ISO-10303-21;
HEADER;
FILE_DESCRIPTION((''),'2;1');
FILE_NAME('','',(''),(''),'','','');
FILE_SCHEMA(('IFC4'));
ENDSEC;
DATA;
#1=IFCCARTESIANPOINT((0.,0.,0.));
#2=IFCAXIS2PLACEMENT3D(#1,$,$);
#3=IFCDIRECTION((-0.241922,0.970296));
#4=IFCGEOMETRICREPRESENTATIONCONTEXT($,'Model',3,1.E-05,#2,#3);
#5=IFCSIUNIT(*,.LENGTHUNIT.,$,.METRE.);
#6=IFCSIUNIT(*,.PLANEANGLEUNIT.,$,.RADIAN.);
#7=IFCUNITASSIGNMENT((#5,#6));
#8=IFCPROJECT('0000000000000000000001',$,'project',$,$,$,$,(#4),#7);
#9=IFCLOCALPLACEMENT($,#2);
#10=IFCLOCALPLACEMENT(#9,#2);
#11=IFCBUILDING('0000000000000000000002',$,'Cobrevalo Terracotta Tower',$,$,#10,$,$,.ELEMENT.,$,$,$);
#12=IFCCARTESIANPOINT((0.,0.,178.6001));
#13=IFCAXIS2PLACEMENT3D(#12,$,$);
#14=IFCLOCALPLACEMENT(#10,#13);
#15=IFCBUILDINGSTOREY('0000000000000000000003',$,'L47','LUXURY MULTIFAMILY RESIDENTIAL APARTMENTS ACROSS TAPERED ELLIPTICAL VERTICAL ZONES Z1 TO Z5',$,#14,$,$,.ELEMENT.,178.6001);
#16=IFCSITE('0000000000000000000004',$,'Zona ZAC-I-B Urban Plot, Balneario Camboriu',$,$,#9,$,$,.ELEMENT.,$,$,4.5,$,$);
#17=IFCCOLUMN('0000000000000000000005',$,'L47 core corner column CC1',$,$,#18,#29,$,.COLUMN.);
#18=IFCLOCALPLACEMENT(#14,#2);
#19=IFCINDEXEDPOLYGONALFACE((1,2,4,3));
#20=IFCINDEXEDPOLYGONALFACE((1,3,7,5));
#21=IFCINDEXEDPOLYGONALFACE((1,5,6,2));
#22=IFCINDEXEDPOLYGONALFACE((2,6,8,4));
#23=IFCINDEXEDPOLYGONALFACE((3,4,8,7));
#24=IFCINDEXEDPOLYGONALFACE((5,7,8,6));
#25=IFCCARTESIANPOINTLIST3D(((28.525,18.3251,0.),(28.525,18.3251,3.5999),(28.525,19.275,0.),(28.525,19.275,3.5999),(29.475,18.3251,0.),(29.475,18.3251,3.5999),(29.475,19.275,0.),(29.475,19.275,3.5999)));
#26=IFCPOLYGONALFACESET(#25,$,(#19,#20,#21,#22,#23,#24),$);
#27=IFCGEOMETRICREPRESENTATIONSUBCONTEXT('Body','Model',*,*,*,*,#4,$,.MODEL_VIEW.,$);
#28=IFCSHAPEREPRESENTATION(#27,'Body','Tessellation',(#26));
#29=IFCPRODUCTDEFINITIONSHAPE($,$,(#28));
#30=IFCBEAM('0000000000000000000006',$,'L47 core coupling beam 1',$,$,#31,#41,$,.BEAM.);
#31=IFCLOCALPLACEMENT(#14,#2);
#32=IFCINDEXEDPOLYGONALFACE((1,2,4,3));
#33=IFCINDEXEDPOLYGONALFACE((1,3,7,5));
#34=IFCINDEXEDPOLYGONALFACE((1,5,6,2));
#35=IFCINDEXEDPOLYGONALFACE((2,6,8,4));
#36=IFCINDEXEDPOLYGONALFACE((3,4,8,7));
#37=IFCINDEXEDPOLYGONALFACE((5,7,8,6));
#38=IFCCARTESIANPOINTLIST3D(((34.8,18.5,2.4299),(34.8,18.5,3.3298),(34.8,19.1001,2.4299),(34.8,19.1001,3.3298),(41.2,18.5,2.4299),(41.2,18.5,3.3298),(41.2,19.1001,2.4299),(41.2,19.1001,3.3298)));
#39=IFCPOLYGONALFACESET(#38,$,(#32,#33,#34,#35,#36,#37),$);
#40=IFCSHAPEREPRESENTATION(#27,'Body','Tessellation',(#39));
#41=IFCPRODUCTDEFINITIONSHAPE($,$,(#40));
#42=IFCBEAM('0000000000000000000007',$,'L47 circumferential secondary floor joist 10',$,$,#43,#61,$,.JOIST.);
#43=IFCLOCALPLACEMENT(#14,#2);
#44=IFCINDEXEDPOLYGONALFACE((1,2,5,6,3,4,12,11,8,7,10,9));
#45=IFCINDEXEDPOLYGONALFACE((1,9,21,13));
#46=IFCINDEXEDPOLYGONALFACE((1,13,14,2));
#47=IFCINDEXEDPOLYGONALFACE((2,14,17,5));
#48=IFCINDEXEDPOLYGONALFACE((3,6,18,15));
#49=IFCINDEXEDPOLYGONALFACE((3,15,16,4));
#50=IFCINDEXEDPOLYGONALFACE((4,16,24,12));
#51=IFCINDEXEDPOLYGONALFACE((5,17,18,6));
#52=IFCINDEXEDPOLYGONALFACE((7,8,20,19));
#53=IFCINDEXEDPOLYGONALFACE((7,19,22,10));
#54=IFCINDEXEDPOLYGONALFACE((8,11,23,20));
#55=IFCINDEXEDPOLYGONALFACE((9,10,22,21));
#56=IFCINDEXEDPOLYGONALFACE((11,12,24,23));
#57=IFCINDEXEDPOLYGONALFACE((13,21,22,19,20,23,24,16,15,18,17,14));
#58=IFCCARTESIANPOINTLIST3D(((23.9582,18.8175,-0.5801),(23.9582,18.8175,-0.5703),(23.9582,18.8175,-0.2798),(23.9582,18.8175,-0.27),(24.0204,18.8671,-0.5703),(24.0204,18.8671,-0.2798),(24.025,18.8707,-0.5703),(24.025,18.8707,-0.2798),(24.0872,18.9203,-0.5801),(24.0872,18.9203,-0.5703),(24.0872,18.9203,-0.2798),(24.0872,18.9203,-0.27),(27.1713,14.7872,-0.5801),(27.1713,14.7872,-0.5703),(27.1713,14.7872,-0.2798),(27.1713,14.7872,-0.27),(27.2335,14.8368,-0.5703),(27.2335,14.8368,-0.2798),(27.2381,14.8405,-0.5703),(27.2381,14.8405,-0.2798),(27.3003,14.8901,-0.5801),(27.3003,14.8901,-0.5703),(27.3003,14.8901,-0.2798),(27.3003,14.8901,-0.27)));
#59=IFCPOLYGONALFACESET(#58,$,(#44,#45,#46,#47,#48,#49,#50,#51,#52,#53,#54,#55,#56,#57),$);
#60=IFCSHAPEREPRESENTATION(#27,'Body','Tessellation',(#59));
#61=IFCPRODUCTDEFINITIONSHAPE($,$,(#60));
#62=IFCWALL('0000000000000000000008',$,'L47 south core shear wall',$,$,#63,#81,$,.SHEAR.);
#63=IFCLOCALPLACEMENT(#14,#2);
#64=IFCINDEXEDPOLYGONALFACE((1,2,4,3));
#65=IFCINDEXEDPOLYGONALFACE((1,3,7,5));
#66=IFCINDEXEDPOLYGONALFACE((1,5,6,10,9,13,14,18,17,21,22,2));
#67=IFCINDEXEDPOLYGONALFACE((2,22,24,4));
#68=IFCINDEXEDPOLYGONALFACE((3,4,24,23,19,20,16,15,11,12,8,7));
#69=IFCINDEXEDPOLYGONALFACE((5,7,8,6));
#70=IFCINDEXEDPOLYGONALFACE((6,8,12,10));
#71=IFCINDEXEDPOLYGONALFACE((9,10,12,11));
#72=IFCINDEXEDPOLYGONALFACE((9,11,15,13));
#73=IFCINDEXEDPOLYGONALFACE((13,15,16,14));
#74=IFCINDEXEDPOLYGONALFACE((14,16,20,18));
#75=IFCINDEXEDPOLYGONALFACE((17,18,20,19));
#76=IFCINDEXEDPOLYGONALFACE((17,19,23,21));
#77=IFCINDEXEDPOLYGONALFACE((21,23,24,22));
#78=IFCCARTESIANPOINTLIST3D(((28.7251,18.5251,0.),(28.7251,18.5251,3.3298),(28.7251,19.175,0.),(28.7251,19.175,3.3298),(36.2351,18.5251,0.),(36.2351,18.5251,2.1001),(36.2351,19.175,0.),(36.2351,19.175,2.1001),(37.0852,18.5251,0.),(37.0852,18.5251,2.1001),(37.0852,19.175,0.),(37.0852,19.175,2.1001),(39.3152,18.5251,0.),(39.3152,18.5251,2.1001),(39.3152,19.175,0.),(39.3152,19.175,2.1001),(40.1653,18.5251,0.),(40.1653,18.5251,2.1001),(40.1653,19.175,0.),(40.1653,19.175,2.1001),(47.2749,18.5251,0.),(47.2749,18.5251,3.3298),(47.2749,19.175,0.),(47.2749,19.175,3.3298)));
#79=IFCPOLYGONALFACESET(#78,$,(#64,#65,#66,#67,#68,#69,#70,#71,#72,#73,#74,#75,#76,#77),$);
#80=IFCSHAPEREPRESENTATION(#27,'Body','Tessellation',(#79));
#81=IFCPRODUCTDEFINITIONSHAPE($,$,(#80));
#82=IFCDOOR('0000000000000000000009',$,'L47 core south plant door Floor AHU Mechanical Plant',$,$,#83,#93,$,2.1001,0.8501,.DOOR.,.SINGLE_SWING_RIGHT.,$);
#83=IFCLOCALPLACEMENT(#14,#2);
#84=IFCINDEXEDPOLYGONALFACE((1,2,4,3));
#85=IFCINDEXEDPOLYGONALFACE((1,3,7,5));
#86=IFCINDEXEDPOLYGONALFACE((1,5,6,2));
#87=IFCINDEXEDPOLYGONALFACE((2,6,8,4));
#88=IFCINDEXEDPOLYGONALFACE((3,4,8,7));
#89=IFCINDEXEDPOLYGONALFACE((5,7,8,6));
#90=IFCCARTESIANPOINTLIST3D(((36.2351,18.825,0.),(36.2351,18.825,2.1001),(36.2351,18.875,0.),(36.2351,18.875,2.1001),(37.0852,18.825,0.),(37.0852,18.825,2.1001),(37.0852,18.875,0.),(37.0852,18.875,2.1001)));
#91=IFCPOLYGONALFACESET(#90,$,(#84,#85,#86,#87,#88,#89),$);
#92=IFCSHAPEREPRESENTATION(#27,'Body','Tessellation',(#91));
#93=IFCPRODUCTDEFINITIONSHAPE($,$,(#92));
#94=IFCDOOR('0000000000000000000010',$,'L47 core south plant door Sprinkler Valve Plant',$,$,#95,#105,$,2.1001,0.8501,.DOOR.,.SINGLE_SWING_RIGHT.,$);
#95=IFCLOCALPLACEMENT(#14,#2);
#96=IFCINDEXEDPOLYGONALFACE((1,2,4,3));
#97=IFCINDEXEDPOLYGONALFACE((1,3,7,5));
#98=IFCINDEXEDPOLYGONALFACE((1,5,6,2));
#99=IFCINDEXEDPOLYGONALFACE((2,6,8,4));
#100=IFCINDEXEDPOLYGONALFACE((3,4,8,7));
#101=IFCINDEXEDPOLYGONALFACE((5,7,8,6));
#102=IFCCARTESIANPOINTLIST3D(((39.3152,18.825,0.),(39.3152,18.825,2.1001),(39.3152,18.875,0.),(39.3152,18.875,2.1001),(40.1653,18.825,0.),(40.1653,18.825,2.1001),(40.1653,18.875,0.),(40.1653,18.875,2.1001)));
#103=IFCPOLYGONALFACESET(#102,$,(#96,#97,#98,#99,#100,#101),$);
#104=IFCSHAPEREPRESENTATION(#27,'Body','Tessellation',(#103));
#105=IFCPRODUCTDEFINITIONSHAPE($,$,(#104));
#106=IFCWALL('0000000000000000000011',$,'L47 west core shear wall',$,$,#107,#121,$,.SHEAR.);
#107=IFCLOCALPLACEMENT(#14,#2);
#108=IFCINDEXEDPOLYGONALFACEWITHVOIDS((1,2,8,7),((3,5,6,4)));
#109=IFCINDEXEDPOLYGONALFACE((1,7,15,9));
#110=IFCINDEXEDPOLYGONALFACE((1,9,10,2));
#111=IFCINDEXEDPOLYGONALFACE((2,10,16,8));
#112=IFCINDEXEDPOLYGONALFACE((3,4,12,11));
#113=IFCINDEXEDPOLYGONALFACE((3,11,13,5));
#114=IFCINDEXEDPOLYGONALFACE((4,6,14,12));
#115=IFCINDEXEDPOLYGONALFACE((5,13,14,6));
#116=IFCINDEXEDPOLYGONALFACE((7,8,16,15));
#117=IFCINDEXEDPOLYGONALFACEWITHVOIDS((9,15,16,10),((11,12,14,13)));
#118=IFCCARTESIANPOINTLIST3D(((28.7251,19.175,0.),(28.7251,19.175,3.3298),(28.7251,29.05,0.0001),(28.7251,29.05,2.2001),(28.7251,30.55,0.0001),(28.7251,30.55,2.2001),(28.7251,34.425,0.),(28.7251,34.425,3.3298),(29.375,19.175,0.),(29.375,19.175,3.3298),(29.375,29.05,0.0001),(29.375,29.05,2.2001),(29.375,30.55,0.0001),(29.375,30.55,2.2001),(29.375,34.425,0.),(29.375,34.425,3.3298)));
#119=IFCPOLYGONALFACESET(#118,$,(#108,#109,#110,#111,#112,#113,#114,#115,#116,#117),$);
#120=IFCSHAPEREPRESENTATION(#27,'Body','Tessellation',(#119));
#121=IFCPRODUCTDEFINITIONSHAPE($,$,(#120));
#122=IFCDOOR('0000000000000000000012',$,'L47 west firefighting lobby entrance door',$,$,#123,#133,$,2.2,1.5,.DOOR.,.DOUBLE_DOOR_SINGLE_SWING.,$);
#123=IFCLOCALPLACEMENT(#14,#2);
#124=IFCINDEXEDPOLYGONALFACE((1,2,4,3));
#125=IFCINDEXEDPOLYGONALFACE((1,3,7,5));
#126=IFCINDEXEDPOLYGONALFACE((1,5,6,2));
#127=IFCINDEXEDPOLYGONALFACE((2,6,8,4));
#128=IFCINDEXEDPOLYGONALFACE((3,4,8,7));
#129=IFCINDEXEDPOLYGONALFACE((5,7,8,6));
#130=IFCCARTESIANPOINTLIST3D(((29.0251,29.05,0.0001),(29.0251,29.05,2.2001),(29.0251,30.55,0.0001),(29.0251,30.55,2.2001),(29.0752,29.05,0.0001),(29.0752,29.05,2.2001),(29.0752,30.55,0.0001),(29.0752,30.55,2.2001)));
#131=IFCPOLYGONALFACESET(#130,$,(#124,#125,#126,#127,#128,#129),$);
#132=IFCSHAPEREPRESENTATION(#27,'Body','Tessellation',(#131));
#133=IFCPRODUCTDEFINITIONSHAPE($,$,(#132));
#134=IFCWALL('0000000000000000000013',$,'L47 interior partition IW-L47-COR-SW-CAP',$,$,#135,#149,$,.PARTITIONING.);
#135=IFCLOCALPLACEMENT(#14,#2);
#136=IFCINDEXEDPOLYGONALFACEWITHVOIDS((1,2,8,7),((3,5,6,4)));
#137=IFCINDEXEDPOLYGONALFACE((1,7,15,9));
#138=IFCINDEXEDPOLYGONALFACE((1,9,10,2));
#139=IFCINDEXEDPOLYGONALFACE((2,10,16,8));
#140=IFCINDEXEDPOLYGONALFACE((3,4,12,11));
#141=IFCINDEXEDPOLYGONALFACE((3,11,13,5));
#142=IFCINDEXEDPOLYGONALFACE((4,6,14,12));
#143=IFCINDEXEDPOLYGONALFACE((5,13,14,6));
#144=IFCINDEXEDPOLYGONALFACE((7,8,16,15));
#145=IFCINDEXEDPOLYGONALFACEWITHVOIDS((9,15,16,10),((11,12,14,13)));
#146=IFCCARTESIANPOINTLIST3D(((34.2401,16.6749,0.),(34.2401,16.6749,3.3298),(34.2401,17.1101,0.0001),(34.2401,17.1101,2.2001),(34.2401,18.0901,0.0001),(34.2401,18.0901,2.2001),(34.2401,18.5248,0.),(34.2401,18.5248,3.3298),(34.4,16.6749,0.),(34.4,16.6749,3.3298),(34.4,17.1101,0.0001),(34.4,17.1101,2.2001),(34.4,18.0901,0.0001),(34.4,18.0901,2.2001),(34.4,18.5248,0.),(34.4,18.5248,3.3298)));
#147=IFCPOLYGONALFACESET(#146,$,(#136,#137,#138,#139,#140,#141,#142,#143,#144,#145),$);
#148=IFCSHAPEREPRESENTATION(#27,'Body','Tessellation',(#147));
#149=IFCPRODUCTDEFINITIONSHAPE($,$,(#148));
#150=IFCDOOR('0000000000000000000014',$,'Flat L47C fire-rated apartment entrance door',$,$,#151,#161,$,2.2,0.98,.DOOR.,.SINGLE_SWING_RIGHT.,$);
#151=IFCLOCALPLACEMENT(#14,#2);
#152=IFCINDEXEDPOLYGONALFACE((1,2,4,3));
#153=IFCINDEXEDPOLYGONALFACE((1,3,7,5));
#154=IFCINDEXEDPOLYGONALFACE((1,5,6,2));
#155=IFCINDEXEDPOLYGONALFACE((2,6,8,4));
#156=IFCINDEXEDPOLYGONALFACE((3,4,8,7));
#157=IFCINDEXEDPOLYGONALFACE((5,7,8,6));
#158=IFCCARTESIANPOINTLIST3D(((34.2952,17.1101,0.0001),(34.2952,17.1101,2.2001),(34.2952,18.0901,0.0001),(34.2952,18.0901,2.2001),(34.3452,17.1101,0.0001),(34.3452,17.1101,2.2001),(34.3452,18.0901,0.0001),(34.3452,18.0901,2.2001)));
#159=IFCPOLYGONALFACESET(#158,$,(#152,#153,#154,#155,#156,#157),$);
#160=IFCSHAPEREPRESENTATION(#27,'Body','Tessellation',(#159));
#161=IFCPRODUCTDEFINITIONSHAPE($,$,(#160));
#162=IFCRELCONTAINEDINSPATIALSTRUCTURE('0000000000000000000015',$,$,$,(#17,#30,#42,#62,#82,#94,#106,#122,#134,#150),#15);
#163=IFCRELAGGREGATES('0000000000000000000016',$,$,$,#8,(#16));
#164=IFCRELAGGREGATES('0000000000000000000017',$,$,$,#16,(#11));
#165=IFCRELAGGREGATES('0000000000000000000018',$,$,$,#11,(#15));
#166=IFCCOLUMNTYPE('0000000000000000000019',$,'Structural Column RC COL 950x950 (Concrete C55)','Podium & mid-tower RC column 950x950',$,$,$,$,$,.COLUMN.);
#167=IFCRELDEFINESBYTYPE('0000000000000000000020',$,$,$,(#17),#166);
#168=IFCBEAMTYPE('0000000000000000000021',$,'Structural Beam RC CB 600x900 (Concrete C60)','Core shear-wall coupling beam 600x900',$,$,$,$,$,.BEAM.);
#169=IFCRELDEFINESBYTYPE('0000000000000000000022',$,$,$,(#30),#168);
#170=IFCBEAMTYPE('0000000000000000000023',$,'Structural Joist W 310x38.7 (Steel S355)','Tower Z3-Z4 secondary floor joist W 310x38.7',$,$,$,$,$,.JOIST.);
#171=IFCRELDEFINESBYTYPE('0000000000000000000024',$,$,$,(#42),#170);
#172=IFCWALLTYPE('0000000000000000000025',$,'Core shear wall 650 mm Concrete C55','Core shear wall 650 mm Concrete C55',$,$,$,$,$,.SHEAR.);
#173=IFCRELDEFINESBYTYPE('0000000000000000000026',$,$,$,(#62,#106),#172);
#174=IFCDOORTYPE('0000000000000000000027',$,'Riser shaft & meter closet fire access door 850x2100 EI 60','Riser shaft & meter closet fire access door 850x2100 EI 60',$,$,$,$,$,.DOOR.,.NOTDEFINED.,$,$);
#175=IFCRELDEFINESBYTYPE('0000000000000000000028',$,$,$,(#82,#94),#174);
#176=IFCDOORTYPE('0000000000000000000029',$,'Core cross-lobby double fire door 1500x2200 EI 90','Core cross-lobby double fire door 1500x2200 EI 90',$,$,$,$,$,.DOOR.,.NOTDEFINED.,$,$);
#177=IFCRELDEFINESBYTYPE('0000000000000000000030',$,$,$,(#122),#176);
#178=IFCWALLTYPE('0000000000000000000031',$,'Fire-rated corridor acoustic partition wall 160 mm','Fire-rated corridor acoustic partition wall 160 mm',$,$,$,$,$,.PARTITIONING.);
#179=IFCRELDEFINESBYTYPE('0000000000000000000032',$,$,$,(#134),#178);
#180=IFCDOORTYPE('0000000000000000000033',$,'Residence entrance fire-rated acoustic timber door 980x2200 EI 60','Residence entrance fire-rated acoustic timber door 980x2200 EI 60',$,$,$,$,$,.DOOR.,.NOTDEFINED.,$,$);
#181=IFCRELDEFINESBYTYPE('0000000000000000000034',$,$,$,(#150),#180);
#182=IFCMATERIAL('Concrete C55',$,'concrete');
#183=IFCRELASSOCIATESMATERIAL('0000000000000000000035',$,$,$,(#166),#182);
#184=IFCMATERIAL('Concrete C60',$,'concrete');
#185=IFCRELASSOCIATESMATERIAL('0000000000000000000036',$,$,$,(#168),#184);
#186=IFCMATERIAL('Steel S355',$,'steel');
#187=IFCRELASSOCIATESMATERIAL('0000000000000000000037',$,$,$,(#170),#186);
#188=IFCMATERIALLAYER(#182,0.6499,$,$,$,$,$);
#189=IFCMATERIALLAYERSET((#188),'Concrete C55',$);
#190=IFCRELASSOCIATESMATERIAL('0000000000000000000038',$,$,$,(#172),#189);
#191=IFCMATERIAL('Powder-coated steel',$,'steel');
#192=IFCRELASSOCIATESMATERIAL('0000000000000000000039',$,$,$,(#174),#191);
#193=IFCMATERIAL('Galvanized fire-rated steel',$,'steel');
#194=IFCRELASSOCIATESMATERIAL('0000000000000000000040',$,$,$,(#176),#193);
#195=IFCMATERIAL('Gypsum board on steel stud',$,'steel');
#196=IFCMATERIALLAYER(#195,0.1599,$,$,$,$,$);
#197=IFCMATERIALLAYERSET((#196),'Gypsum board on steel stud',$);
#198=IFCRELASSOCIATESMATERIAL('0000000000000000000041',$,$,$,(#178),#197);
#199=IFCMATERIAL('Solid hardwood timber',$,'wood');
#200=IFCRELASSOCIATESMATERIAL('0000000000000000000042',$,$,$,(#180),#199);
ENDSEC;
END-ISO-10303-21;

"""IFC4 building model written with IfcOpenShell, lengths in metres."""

from ifc_helpers import new_model, si_unit, direction, frame, frame_2d, origin, origin_2d, place, context, subcontext, project, spatial, rectangle, i_section, extrude, source, transform, mapped, material, layer, layer_set, material_profile, profile_set, type_object, element, fill, save


model = new_model("IFC4")

# Units and contexts
model_context = context("Model", 3, precision=1e-05, world=origin(), true_north=direction((-0.241922, 0.970296)))
body_context = subcontext(model_context, "Body", "Model", "MODEL_VIEW")
ifc_project = project(units=[si_unit("LENGTHUNIT", "METRE"), si_unit("PLANEANGLEUNIT", "RADIAN")], contexts=[model_context])

# Site, building, storey
site_placement = place(None, origin())
site = spatial("IfcSite", under=ifc_project, at=site_placement, Name="Zona ZAC-I-B Urban Plot, Balneario Camboriu", CompositionType="ELEMENT", RefElevation=4.5)
building_placement = place(site_placement, origin())
building = spatial("IfcBuilding", under=site, at=building_placement, Name="Cobrevalo Terracotta Tower", CompositionType="ELEMENT")
storey_placement = place(building_placement, frame((0.0, 0.0, 178.6001)))
storey = spatial("IfcBuildingStorey", under=building, at=storey_placement, Name="L47", Description="LUXURY MULTIFAMILY RESIDENTIAL APARTMENTS ACROSS TAPERED ELLIPTICAL VERTICAL ZONES Z1 TO Z5", CompositionType="ELEMENT", Elevation=178.6001)

# Column
ifc_material_1 = material(Name="Concrete C55", Category="concrete")
ifc_material_profile_1 = material_profile(ifc_material_1, rectangle(XDim=0.95, YDim=0.95, at=origin_2d()), Name="RC COL 950x950")
ifc_profile_set_1 = profile_set([ifc_material_profile_1], Name="Concrete C55")
column_type = type_object("IfcColumnType", Name="Structural Column RC COL 950x950 (Concrete C55)", Description="Podium & mid-tower RC column 950x950", PredefinedType="COLUMN", material=ifc_profile_set_1)
column_placement = place(storey_placement, frame((29.0, 18.8, 0.0), z_axis=(0.0, 0.0, 1.0), x_axis=(1.0, 0.0, 0.0)))
element("IfcColumn", 1, at=column_placement, inside=storey, type_object=column_type, Name="L47 core corner column CC1", PredefinedType="COLUMN", context=body_context, shape_type="SweptSolid", body=[
    extrude(rectangle(XDim=0.95, YDim=0.95, at=origin_2d()), origin(), (0.0, 0.0, 1.0), 3.5999),
])

# Beams
ifc_material_2 = material(Name="Concrete C60", Category="concrete")
ifc_material_profile_2 = material_profile(ifc_material_2, rectangle(XDim=0.6001, YDim=0.8999, at=origin_2d()), Name="RC CB 600x900")
ifc_profile_set_2 = profile_set([ifc_material_profile_2], Name="Concrete C60")
beam_type_1 = type_object("IfcBeamType", Name="Structural Beam RC CB 600x900 (Concrete C60)", Description="Core shear-wall coupling beam 600x900", PredefinedType="BEAM", material=ifc_profile_set_2)
beam_1_placement = place(storey_placement, frame((34.8, 18.8, 2.8799), z_axis=(1.0, 0.0, 0.0), x_axis=(0.0, 1.0, 0.0)))
element("IfcBeam", 2, at=beam_1_placement, inside=storey, type_object=beam_type_1, Name="L47 core coupling beam 1", PredefinedType="BEAM", context=body_context, shape_type="SweptSolid", body=[
    extrude(rectangle(XDim=0.6001, YDim=0.8999, at=origin_2d()), origin(), (0.0, 0.0, 1.0), 6.3999),
])
ifc_material_3 = material(Name="Steel S355", Category="steel")
ifc_material_profile_3 = material_profile(ifc_material_3, i_section(OverallWidth=0.165, OverallDepth=0.3101, WebThickness=0.0059, FlangeThickness=0.0098, at=origin_2d()), Name="W 310x38.7")
ifc_profile_set_3 = profile_set([ifc_material_profile_3], Name="Steel S355")
beam_type_2 = type_object("IfcBeamType", Name="Structural Joist W 310x38.7 (Steel S355)", Description="Tower Z3-Z4 secondary floor joist W 310x38.7", PredefinedType="JOIST", material=ifc_profile_set_3)
beam_2_placement = place(storey_placement, frame((24.0227, 18.8689, -0.425), z_axis=(0.623383, -0.781917, 0.0), x_axis=(0.781917, 0.623383, 0.0)))
element("IfcBeam", 3, at=beam_2_placement, inside=storey, type_object=beam_type_2, Name="L47 circumferential secondary floor joist 10", PredefinedType="JOIST", context=body_context, shape_type="SweptSolid", body=[
    extrude(i_section(OverallWidth=0.165, OverallDepth=0.3101, WebThickness=0.0059, FlangeThickness=0.0098, at=origin_2d()), origin(), (0.0, 0.0, 1.0), 5.1543),
])

# Wall, openings, doors
ifc_layer_1 = layer(ifc_material_1, 0.6499)
ifc_layer_set_1 = layer_set([ifc_layer_1], Name="Concrete C55")
wall_type_1 = type_object("IfcWallType", Name="Core shear wall 650 mm Concrete C55", Description="Core shear wall 650 mm Concrete C55", PredefinedType="SHEAR", material=ifc_layer_set_1)
wall_1_placement = place(storey_placement, frame((28.7251, 18.8501, 0.0), z_axis=(0.0, 0.0, 1.0), x_axis=(1.0, 0.0, 0.0)))
wall_1 = element("IfcWall", 4, at=wall_1_placement, inside=storey, type_object=wall_type_1, Name="L47 south core shear wall", PredefinedType="SHEAR", context=body_context, shape_type="SweptSolid", body=[
    extrude(rectangle(XDim=18.5498, YDim=0.6499, at=frame_2d((9.2749, 0.0))), origin(), (0.0, 0.0, 1.0), 3.3298),
])
opening_1_placement = place(wall_1_placement, frame((7.51, 0.0, 0.0)))
opening_1 = element("IfcOpeningElement", 5, at=opening_1_placement, cuts=wall_1, PredefinedType="OPENING", context=body_context, shape_type="SweptSolid", body=[
    extrude(rectangle(XDim=0.8501, YDim=2.1001, at=frame_2d((0.425, 1.05))), frame((0.0, 0.335, 0.0), z_axis=(0.0, -1.0, 0.0), x_axis=(1.0, 0.0, 0.0)), (0.0, 0.0, 1.0), 0.6699),
])
opening_2_placement = place(wall_1_placement, frame((10.5901, 0.0, 0.0)))
opening_2 = element("IfcOpeningElement", 6, at=opening_2_placement, cuts=wall_1, PredefinedType="OPENING", context=body_context, shape_type="SweptSolid", body=[
    extrude(rectangle(XDim=0.8501, YDim=2.1001, at=frame_2d((0.425, 1.05))), frame((0.0, 0.335, 0.0), z_axis=(0.0, -1.0, 0.0), x_axis=(1.0, 0.0, 0.0)), (0.0, 0.0, 1.0), 0.6699),
])
ifc_material_4 = material(Name="Powder-coated steel", Category="steel")
door_type_1 = type_object("IfcDoorType", Name="Riser shaft & meter closet fire access door 850x2100 EI 60", Description="Riser shaft & meter closet fire access door 850x2100 EI 60", OperationType="NOTDEFINED", PredefinedType="DOOR", material=ifc_material_4)
shared_shape_1 = source(origin(), body_context, "Body", "SweptSolid", [
    extrude(rectangle(XDim=0.8501, YDim=2.1001, at=frame_2d((0.425, 1.05))), frame((0.0, 0.0249, 0.0), z_axis=(0.0, -1.0, 0.0), x_axis=(1.0, 0.0, 0.0)), (0.0, 0.0, 1.0), 0.05),
])
door_1_placement = place(opening_1_placement, origin())
door_1 = element("IfcDoor", 7, at=door_1_placement, inside=storey, type_object=door_type_1, Name="L47 core south plant door Floor AHU Mechanical Plant", OperationType="SINGLE_SWING_RIGHT", OverallHeight=2.1001, OverallWidth=0.8501, PredefinedType="DOOR", context=body_context, shape_type="MappedRepresentation", body=[
    mapped(shared_shape_1, transform((0.0, 0.0, 0.0), scale=1.0)),
])
fill(opening_1, door_1)
door_2_placement = place(opening_2_placement, origin())
door_2 = element("IfcDoor", 8, at=door_2_placement, inside=storey, type_object=door_type_1, Name="L47 core south plant door Sprinkler Valve Plant", OperationType="SINGLE_SWING_RIGHT", OverallHeight=2.1001, OverallWidth=0.8501, PredefinedType="DOOR", context=body_context, shape_type="MappedRepresentation", body=[
    mapped(shared_shape_1, transform((0.0, 0.0, 0.0), scale=1.0)),
])
fill(opening_2, door_2)

# Walls, openings, doors
wall_2_placement = place(storey_placement, frame((29.05, 19.175, 0.0), z_axis=(0.0, 0.0, 1.0), x_axis=(0.0, 1.0, 0.0)))
wall_2 = element("IfcWall", 9, at=wall_2_placement, inside=storey, type_object=wall_type_1, Name="L47 west core shear wall", PredefinedType="SHEAR", context=body_context, shape_type="SweptSolid", body=[
    extrude(rectangle(XDim=15.25, YDim=0.6499, at=frame_2d((7.625, 0.0))), origin(), (0.0, 0.0, 1.0), 3.3298),
])
opening_3_placement = place(wall_2_placement, frame((9.875, 0.0, 0.0)))
opening_3 = element("IfcOpeningElement", 10, at=opening_3_placement, cuts=wall_2, PredefinedType="OPENING", context=body_context, shape_type="SweptSolid", body=[
    extrude(rectangle(XDim=1.5, YDim=2.2, at=frame_2d((0.75, 1.1001))), frame((0.0, 0.335, 0.0), z_axis=(0.0, -1.0, 0.0), x_axis=(1.0, 0.0, 0.0)), (0.0, 0.0, 1.0), 0.6699),
])
ifc_material_5 = material(Name="Galvanized fire-rated steel", Category="steel")
door_type_2 = type_object("IfcDoorType", Name="Core cross-lobby double fire door 1500x2200 EI 90", Description="Core cross-lobby double fire door 1500x2200 EI 90", OperationType="NOTDEFINED", PredefinedType="DOOR", material=ifc_material_5)
shared_shape_2 = source(origin(), body_context, "Body", "SweptSolid", [
    extrude(rectangle(XDim=1.5, YDim=2.2, at=frame_2d((0.75, 1.1001))), frame((0.0, 0.0249, 0.0), z_axis=(0.0, -1.0, 0.0), x_axis=(1.0, 0.0, 0.0)), (0.0, 0.0, 1.0), 0.05),
])
door_3_placement = place(opening_3_placement, origin())
door_3 = element("IfcDoor", 11, at=door_3_placement, inside=storey, type_object=door_type_2, Name="L47 west firefighting lobby entrance door", OperationType="DOUBLE_DOOR_SINGLE_SWING", OverallHeight=2.2, OverallWidth=1.5, PredefinedType="DOOR", context=body_context, shape_type="MappedRepresentation", body=[
    mapped(shared_shape_2, transform((0.0, 0.0, 0.0), scale=1.0)),
])
fill(opening_3, door_3)
ifc_material_6 = material(Name="Gypsum board on steel stud", Category="steel")
ifc_layer_2 = layer(ifc_material_6, 0.1599)
ifc_layer_set_2 = layer_set([ifc_layer_2], Name="Gypsum board on steel stud")
wall_type_2 = type_object("IfcWallType", Name="Fire-rated corridor acoustic partition wall 160 mm", Description="Fire-rated corridor acoustic partition wall 160 mm", PredefinedType="PARTITIONING", material=ifc_layer_set_2)
wall_3_placement = place(storey_placement, frame((34.3201, 16.675, 0.0), z_axis=(0.0, 0.0, 1.0), x_axis=(0.0, 1.0, 0.0)))
wall_3 = element("IfcWall", 12, at=wall_3_placement, inside=storey, type_object=wall_type_2, Name="L47 interior partition IW-L47-COR-SW-CAP", PredefinedType="PARTITIONING", context=body_context, shape_type="SweptSolid", body=[
    extrude(rectangle(XDim=1.8499, YDim=0.1599, at=frame_2d((0.9248, 0.0))), origin(), (0.0, 0.0, 1.0), 3.3298),
])
opening_4_placement = place(wall_3_placement, frame((0.4351, 0.0, 0.0)))
opening_4 = element("IfcOpeningElement", 13, at=opening_4_placement, cuts=wall_3, PredefinedType="OPENING", context=body_context, shape_type="SweptSolid", body=[
    extrude(rectangle(XDim=0.98, YDim=2.2, at=frame_2d((0.49, 1.1001))), frame((0.0, 0.0898, 0.0), z_axis=(0.0, -1.0, 0.0), x_axis=(1.0, 0.0, 0.0)), (0.0, 0.0, 1.0), 0.1799),
])
ifc_material_7 = material(Name="Solid hardwood timber", Category="wood")
door_type_3 = type_object("IfcDoorType", Name="Residence entrance fire-rated acoustic timber door 980x2200 EI 60", Description="Residence entrance fire-rated acoustic timber door 980x2200 EI 60", OperationType="NOTDEFINED", PredefinedType="DOOR", material=ifc_material_7)
shared_shape_3 = source(origin(), body_context, "Body", "SweptSolid", [
    extrude(rectangle(XDim=0.98, YDim=2.2, at=frame_2d((0.49, 1.1001))), frame((0.0, 0.0249, 0.0), z_axis=(0.0, -1.0, 0.0), x_axis=(1.0, 0.0, 0.0)), (0.0, 0.0, 1.0), 0.05),
])
door_4_placement = place(opening_4_placement, origin())
door_4 = element("IfcDoor", 14, at=door_4_placement, inside=storey, type_object=door_type_3, Name="Flat L47C fire-rated apartment entrance door", OperationType="SINGLE_SWING_RIGHT", OverallHeight=2.2, OverallWidth=0.98, PredefinedType="DOOR", context=body_context, shape_type="MappedRepresentation", body=[
    mapped(shared_shape_3, transform((0.0, 0.0, 0.0), scale=1.0)),
])
fill(opening_4, door_4)

save(model, "model.ifc")
